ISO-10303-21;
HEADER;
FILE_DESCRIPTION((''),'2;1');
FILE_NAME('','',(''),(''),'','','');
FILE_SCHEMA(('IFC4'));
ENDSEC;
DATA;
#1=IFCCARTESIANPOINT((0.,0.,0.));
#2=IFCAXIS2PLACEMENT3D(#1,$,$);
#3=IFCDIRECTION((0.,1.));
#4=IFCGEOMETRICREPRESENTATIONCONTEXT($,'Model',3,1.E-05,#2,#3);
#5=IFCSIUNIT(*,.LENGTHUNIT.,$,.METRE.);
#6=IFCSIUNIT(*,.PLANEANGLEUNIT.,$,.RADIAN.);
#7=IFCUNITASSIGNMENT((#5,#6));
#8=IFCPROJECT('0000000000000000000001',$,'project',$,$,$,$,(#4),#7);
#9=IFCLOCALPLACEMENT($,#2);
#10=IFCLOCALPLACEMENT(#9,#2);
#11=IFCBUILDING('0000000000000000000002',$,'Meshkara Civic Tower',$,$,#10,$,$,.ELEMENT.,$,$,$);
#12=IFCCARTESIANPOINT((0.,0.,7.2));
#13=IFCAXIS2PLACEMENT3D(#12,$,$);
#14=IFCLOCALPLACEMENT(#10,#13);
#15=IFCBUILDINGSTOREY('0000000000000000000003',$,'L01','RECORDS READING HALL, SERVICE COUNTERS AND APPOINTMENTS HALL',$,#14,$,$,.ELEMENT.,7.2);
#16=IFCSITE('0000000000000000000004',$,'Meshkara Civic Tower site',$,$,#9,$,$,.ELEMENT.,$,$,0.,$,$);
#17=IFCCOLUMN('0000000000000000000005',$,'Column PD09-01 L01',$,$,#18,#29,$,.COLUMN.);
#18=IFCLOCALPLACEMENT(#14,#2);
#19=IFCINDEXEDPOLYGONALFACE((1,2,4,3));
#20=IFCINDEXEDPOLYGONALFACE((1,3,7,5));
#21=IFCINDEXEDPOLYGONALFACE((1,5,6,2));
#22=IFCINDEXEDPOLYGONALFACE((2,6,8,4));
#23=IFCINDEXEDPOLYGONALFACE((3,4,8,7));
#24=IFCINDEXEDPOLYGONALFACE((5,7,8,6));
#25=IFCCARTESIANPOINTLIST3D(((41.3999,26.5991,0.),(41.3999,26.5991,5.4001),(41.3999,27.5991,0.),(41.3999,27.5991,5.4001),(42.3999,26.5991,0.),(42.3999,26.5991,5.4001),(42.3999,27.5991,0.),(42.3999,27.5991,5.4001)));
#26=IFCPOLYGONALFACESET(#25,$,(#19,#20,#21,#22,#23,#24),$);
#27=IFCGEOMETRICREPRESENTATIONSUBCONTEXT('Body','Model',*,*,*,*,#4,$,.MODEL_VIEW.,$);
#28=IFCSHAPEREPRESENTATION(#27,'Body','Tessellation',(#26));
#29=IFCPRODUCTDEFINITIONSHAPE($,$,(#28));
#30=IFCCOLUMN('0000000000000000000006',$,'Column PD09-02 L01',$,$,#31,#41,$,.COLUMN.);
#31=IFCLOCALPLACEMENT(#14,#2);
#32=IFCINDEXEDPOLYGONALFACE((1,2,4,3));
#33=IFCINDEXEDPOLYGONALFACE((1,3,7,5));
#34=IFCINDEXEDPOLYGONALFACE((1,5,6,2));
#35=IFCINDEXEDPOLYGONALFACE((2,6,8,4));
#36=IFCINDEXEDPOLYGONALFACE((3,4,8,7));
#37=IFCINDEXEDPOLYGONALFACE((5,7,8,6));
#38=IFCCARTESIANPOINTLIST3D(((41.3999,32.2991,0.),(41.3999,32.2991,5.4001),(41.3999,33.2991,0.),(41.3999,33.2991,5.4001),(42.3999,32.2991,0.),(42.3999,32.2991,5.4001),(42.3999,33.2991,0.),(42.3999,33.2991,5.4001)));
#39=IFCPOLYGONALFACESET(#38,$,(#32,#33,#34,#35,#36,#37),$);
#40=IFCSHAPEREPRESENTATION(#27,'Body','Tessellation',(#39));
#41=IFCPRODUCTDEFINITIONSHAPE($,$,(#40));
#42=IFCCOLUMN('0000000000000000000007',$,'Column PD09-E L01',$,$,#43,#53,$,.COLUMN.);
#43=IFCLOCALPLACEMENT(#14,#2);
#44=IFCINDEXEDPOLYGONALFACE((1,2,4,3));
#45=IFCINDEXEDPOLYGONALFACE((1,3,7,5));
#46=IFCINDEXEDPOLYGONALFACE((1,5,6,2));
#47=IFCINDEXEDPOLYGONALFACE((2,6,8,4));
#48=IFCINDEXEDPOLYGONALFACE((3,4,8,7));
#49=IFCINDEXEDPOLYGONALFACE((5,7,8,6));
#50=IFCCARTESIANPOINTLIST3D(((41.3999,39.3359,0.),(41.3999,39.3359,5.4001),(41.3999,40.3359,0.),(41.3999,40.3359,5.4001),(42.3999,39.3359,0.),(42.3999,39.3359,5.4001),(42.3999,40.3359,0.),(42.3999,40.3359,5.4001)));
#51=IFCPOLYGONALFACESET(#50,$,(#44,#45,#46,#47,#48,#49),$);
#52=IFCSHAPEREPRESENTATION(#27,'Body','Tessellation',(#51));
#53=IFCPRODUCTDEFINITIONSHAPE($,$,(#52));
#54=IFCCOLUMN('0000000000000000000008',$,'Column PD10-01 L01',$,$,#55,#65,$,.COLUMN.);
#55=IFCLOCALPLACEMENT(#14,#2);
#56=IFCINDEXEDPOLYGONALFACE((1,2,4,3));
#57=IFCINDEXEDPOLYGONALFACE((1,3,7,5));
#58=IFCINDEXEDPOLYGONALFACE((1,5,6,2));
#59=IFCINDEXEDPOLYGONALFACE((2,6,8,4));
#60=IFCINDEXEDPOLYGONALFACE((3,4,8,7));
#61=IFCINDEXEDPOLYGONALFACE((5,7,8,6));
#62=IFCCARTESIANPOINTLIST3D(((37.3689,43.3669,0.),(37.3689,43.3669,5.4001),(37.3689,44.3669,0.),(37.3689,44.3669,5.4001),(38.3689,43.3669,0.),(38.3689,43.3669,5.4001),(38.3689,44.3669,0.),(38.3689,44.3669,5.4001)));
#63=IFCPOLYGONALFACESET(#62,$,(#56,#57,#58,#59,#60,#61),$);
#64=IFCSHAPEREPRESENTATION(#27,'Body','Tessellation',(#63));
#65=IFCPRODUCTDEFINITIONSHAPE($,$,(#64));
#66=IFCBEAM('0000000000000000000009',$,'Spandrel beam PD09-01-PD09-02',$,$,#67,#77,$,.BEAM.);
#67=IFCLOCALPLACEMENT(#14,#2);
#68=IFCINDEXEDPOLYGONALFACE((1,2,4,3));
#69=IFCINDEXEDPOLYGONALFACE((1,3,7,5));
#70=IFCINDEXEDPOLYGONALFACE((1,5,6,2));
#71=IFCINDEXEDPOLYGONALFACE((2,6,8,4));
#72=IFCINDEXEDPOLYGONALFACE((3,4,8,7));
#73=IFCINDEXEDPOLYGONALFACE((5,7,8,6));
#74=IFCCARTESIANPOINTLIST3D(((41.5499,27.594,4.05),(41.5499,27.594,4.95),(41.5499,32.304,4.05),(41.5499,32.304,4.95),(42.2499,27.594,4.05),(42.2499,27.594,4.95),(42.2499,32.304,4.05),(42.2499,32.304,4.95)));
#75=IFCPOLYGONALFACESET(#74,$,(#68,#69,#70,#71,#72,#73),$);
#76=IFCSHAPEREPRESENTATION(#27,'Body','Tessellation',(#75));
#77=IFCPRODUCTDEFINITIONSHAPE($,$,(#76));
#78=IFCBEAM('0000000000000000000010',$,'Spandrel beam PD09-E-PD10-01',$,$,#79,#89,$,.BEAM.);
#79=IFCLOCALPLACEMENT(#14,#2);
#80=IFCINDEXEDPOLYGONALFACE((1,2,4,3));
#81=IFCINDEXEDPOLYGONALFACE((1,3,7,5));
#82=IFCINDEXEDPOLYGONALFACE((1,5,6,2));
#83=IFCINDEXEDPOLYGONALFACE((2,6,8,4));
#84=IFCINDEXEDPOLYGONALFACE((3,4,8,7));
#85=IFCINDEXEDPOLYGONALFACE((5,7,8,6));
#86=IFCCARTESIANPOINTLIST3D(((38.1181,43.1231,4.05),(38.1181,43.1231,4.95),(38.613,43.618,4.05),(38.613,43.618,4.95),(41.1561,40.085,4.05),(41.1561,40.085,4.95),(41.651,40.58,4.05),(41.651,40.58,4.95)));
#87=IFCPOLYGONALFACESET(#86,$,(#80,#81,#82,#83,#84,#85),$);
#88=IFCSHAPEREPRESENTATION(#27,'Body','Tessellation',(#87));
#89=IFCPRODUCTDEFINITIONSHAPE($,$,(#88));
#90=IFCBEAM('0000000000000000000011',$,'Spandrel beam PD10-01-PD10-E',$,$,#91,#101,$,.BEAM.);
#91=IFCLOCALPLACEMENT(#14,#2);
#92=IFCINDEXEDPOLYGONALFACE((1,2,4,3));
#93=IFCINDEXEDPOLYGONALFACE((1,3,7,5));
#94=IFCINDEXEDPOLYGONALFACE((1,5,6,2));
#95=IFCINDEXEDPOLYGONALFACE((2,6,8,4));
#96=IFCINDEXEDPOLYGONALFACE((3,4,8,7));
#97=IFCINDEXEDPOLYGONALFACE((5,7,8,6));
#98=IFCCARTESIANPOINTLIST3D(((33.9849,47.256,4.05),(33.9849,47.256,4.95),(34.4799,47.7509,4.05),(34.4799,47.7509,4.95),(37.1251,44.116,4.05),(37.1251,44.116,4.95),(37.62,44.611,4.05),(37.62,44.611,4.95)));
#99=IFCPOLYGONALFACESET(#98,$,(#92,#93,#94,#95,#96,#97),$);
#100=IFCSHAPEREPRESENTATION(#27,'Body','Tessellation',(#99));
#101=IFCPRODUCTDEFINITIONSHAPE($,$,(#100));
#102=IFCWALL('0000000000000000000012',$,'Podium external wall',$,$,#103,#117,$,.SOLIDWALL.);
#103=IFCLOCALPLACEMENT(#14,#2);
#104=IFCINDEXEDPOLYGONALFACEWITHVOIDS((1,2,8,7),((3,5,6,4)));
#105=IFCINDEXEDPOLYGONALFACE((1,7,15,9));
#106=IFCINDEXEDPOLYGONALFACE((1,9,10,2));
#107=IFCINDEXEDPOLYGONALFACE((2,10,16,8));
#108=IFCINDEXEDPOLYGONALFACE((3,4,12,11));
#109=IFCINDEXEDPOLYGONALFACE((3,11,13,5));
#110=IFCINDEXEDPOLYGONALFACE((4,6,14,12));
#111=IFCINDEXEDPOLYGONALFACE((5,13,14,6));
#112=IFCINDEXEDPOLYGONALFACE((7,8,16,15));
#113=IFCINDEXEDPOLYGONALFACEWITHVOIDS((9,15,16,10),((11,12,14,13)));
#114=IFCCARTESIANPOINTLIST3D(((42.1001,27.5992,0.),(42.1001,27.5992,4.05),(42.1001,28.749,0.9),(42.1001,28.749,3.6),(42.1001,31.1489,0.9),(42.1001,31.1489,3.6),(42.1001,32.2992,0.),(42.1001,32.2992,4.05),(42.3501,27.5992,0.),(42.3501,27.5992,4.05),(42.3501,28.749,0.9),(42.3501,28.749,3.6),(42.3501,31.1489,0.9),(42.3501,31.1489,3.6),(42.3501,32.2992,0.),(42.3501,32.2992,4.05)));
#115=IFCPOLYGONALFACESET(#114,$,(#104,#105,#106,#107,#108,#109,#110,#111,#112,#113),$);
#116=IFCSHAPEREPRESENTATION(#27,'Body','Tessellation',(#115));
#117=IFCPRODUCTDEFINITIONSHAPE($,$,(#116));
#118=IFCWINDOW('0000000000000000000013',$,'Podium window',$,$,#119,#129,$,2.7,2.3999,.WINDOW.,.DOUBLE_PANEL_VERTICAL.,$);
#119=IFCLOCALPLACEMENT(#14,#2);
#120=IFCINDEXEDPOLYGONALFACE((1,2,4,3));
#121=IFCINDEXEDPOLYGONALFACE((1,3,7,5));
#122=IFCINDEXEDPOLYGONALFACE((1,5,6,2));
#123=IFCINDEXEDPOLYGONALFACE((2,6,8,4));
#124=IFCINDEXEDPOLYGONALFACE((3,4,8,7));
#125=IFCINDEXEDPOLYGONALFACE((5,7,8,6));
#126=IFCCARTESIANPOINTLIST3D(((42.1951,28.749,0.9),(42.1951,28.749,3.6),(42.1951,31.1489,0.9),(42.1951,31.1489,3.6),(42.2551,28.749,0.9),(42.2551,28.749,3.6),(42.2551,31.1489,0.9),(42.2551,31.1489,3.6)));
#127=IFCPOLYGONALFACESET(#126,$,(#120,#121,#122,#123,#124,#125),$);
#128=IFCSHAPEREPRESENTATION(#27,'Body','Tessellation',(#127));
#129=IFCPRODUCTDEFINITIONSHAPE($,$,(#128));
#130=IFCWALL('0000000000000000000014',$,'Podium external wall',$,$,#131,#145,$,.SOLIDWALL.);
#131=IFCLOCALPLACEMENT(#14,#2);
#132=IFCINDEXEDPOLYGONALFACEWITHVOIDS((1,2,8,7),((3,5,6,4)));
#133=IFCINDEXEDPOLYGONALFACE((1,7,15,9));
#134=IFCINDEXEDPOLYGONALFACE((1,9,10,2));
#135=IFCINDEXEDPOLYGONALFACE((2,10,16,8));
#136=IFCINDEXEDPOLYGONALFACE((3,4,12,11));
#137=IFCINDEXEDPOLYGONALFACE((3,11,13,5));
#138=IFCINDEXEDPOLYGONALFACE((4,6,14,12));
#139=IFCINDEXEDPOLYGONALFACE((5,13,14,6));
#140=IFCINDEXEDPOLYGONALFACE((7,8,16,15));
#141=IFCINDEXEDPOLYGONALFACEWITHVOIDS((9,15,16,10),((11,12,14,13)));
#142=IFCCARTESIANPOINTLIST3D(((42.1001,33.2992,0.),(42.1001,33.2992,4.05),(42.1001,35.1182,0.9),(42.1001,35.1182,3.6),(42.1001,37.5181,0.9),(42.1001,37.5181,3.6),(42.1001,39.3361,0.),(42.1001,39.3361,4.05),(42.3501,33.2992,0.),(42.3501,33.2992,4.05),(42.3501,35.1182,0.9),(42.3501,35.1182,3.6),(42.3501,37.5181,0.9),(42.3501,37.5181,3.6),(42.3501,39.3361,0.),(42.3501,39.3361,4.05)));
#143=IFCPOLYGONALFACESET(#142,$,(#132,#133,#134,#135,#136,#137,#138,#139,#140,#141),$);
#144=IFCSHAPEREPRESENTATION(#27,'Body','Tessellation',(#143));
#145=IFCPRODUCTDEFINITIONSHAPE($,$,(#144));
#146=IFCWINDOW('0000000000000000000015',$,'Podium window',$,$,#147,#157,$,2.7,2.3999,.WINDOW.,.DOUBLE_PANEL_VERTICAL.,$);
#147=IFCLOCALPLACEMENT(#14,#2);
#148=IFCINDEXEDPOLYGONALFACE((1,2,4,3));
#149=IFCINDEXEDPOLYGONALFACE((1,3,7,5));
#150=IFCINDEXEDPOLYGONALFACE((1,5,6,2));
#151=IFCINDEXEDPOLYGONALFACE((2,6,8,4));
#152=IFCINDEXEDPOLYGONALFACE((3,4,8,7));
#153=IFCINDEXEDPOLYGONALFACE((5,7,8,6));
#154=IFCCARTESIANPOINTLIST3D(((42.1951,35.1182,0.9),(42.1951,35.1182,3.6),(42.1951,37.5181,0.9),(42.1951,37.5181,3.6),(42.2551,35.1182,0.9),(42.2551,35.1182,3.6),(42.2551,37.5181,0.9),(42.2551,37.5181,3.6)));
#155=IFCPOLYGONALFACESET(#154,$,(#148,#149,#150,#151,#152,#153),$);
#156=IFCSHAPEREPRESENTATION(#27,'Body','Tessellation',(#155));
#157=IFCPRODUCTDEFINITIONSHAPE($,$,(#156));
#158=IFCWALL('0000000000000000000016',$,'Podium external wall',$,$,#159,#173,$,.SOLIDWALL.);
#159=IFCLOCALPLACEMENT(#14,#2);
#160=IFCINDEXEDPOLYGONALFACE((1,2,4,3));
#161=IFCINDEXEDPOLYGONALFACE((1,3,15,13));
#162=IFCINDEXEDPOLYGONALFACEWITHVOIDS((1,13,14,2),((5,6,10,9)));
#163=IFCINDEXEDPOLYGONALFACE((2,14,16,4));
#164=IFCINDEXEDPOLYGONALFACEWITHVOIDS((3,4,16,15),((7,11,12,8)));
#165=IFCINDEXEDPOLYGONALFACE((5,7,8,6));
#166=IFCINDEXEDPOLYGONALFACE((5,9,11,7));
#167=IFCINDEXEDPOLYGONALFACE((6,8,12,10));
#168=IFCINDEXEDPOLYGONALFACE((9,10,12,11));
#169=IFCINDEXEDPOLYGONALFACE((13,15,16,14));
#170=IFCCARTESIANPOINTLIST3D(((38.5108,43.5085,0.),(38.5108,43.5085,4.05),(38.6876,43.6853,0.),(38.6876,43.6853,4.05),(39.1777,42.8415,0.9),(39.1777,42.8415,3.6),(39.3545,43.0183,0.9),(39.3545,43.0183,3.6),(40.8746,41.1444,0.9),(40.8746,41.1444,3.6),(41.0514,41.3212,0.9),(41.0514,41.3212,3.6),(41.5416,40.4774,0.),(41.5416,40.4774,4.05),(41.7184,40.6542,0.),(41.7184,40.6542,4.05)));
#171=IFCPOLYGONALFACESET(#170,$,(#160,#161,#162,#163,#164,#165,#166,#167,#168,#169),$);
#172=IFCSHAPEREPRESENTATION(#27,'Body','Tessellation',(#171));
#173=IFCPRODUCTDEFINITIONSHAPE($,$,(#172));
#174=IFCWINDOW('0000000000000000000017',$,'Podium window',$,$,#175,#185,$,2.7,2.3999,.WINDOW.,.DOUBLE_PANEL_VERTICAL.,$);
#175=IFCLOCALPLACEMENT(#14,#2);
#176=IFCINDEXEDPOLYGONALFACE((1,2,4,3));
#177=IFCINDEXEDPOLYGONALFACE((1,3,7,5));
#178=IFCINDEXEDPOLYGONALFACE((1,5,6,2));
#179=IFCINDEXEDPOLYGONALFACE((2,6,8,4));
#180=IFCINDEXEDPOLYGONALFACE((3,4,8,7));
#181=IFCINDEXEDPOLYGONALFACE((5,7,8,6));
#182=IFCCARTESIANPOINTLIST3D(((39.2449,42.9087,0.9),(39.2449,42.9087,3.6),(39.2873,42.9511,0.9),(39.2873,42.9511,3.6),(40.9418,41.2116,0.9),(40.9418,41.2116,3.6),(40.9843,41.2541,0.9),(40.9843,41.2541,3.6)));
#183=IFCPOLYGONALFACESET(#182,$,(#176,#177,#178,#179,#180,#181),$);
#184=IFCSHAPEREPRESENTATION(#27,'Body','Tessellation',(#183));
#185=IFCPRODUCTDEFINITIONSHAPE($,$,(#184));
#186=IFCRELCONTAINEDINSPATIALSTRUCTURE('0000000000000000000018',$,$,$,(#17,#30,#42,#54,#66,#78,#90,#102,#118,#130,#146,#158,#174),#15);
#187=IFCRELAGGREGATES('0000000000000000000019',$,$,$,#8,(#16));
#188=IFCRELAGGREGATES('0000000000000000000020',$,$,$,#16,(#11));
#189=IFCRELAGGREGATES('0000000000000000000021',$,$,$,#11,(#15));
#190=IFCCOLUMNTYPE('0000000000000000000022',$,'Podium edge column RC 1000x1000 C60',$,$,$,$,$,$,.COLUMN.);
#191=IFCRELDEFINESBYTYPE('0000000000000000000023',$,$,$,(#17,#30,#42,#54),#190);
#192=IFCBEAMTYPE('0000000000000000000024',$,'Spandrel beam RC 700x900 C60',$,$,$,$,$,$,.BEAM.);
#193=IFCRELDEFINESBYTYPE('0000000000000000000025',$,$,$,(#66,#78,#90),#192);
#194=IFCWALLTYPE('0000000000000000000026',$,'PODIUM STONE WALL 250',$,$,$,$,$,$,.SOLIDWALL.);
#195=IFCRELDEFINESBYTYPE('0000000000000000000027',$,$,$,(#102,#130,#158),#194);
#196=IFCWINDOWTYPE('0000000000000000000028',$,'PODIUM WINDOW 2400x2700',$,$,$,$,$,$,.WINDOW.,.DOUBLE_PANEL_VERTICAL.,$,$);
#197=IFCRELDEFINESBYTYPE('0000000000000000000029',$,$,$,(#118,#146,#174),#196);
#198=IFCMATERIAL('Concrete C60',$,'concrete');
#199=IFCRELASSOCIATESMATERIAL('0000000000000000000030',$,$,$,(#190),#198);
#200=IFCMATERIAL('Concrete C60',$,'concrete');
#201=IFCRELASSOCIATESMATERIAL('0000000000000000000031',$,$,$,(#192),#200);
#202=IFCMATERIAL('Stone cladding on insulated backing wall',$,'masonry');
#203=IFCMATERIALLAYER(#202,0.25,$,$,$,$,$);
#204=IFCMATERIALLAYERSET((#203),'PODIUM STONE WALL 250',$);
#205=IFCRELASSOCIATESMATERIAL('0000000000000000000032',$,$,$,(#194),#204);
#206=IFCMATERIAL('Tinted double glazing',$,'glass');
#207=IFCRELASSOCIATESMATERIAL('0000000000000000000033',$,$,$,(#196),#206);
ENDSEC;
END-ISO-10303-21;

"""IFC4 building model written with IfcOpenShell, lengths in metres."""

from ifc_helpers import new_model, si_unit, direction, frame, frame_2d, origin, origin_2d, place, context, subcontext, project, spatial, rectangle, extrude, material, layer, layer_set, material_profile, profile_set, type_object, element, fill, save


model = new_model("IFC4")

# Units and contexts
model_context = context("Model", 3, precision=1e-05, world=origin(), true_north=direction((0.0, 1.0)))
body_context = subcontext(model_context, "Body", "Model", "MODEL_VIEW")
ifc_project = project(units=[si_unit("LENGTHUNIT", "METRE"), si_unit("PLANEANGLEUNIT", "RADIAN")], contexts=[model_context])

# Site, building, storey
site_placement = place(None, origin())
site = spatial("IfcSite", under=ifc_project, at=site_placement, Name="Meshkara Civic Tower site", CompositionType="ELEMENT", RefElevation=0.0)
building_placement = place(site_placement, origin())
building = spatial("IfcBuilding", under=site, at=building_placement, Name="Meshkara Civic Tower", CompositionType="ELEMENT")
storey_placement = place(building_placement, frame((0.0, 0.0, 7.2)))
storey = spatial("IfcBuildingStorey", under=building, at=storey_placement, Name="L01", Description="RECORDS READING HALL, SERVICE COUNTERS AND APPOINTMENTS HALL", CompositionType="ELEMENT", Elevation=7.2)

# Columns
ifc_material_1 = material(Name="Concrete C60", Category="concrete")
ifc_material_profile_1 = material_profile(ifc_material_1, rectangle(XDim=1.0, YDim=1.0, at=origin_2d()))
ifc_profile_set_1 = profile_set([ifc_material_profile_1], Name="Concrete C60")
column_type = type_object("IfcColumnType", Name="Podium edge column RC 1000x1000 C60", PredefinedType="COLUMN", material=ifc_profile_set_1)
for number, where, z_axis, x_axis, name in (
    (1, (41.8999, 27.0991, 0.0), (0.0, 0.0, 1.0), (1.0, 0.0, 0.0), "Column PD09-01 L01"),
    (2, (41.8999, 32.7991, 0.0), (0.0, 0.0, 1.0), (1.0, 0.0, 0.0), "Column PD09-02 L01"),
    (3, (41.8999, 39.8359, 0.0), (0.0, 0.0, 1.0), (1.0, 0.0, 0.0), "Column PD09-E L01"),
    (4, (37.8689, 43.8669, 0.0), (0.0, 0.0, 1.0), (1.0, 0.0, 0.0), "Column PD10-01 L01"),
):
    element("IfcColumn", number, at=place(storey_placement, frame(where, z_axis=z_axis, x_axis=x_axis)), inside=storey, type_object=column_type, Name=name, PredefinedType="COLUMN", context=body_context, shape_type="SweptSolid", body=[
        extrude(rectangle(XDim=1.0, YDim=1.0, at=origin_2d()), origin(), (0.0, 0.0, 1.0), 5.4001),
    ])

# Beams
ifc_material_2 = material(Name="Concrete C60", Category="concrete")
ifc_material_profile_2 = material_profile(ifc_material_2, rectangle(XDim=0.7, YDim=0.8999, at=origin_2d()))
ifc_profile_set_2 = profile_set([ifc_material_profile_2], Name="Concrete C60")
beam_type = type_object("IfcBeamType", Name="Spandrel beam RC 700x900 C60", PredefinedType="BEAM", material=ifc_profile_set_2)
beam_1_placement = place(storey_placement, frame((41.8999, 27.594, 4.5), z_axis=(0.0, 1.0, 0.0), x_axis=(-1.0, 0.0, 0.0)))
element("IfcBeam", 5, at=beam_1_placement, inside=storey, type_object=beam_type, Name="Spandrel beam PD09-01-PD09-02", PredefinedType="BEAM", context=body_context, shape_type="SweptSolid", body=[
    extrude(rectangle(XDim=0.7, YDim=0.8999, at=origin_2d()), origin(), (0.0, 0.0, 1.0), 4.71),
])
beam_2_placement = place(storey_placement, frame((41.4036, 40.3325, 4.5), z_axis=(-0.707107, 0.707107, 0.0), x_axis=(-0.707107, -0.707107, 0.0)))
element("IfcBeam", 6, at=beam_2_placement, inside=storey, type_object=beam_type, Name="Spandrel beam PD09-E-PD10-01", PredefinedType="BEAM", context=body_context, shape_type="SweptSolid", body=[
    extrude(rectangle(XDim=0.7, YDim=0.8999, at=origin_2d()), origin(), (0.0, 0.0, 1.0), 4.2964),
])
beam_3_placement = place(storey_placement, frame((37.3726, 44.3635, 4.5), z_axis=(-0.707134, 0.707079, 0.0), x_axis=(-0.707079, -0.707134, 0.0)))
element("IfcBeam", 7, at=beam_3_placement, inside=storey, type_object=beam_type, Name="Spandrel beam PD10-01-PD10-E", PredefinedType="BEAM", context=body_context, shape_type="SweptSolid", body=[
    extrude(rectangle(XDim=0.7, YDim=0.8999, at=origin_2d()), origin(), (0.0, 0.0, 1.0), 4.4407),
])

# Walls, openings, windows
ifc_material_3 = material(Name="Stone cladding on insulated backing wall", Category="masonry")
ifc_layer_1 = layer(ifc_material_3, 0.25)
ifc_layer_set_1 = layer_set([ifc_layer_1], Name="PODIUM STONE WALL 250")
wall_type_1 = type_object("IfcWallType", Name="PODIUM STONE WALL 250", PredefinedType="SOLIDWALL", material=ifc_layer_set_1)
wall_1_placement = place(storey_placement, frame((42.2251, 27.5991, 0.0), z_axis=(0.0, 0.0, 1.0), x_axis=(0.0, 1.0, 0.0)))
wall_1 = element("IfcWall", 8, at=wall_1_placement, inside=storey, type_object=wall_type_1, Name="Podium external wall", PredefinedType="SOLIDWALL", context=body_context, shape_type="SweptSolid", body=[
    extrude(rectangle(XDim=4.7, YDim=0.25, at=frame_2d((2.3501, 0.0))), origin(), (0.0, 0.0, 1.0), 4.05),
])
opening_1_placement = place(wall_1_placement, frame((1.1499, 0.0, 0.8999)))
opening_1 = element("IfcOpeningElement", 9, at=opening_1_placement, cuts=wall_1, PredefinedType="OPENING", context=body_context, shape_type="SweptSolid", body=[
    extrude(rectangle(XDim=2.3999, YDim=2.7, at=frame_2d((1.2, 1.3501))), frame((0.0, 0.135, 0.0), z_axis=(0.0, -1.0, 0.0), x_axis=(1.0, 0.0, 0.0)), (0.0, 0.0, 1.0), 0.27),
])
ifc_material_4 = material(Name="Tinted double glazing", Category="glass")
window_type = type_object("IfcWindowType", Name="PODIUM WINDOW 2400x2700", PartitioningType="DOUBLE_PANEL_VERTICAL", PredefinedType="WINDOW", material=ifc_material_4)
window_1_placement = place(opening_1_placement, origin())
window_1 = element("IfcWindow", 10, at=window_1_placement, inside=storey, type_object=window_type, Name="Podium window", OverallHeight=2.7, OverallWidth=2.3999, PartitioningType="DOUBLE_PANEL_VERTICAL", PredefinedType="WINDOW", context=body_context, shape_type="SweptSolid", body=[
    extrude(rectangle(XDim=2.3999, YDim=2.7, at=frame_2d((1.2, 1.3501))), frame((0.0, 0.03, 0.0), z_axis=(0.0, -1.0, 0.0), x_axis=(1.0, 0.0, 0.0)), (0.0, 0.0, 1.0), 0.0601),
])
fill(opening_1, window_1)
wall_2_placement = place(storey_placement, frame((42.2251, 33.2991, 0.0), z_axis=(0.0, 0.0, 1.0), x_axis=(0.0, 1.0, 0.0)))
wall_2 = element("IfcWall", 11, at=wall_2_placement, inside=storey, type_object=wall_type_1, Name="Podium external wall", PredefinedType="SOLIDWALL", context=body_context, shape_type="SweptSolid", body=[
    extrude(rectangle(XDim=6.0369, YDim=0.25, at=frame_2d((3.0186, 0.0))), origin(), (0.0, 0.0, 1.0), 4.05),
])
opening_2_placement = place(wall_2_placement, frame((1.8191, 0.0, 0.8999)))
opening_2 = element("IfcOpeningElement", 12, at=opening_2_placement, cuts=wall_2, PredefinedType="OPENING", context=body_context, shape_type="SweptSolid", body=[
    extrude(rectangle(XDim=2.3999, YDim=2.7, at=frame_2d((1.2, 1.3501))), frame((0.0, 0.135, 0.0), z_axis=(0.0, -1.0, 0.0), x_axis=(1.0, 0.0, 0.0)), (0.0, 0.0, 1.0), 0.27),
])
window_2_placement = place(opening_2_placement, origin())
window_2 = element("IfcWindow", 13, at=window_2_placement, inside=storey, type_object=window_type, Name="Podium window", OverallHeight=2.7, OverallWidth=2.3999, PartitioningType="DOUBLE_PANEL_VERTICAL", PredefinedType="WINDOW", context=body_context, shape_type="SweptSolid", body=[
    extrude(rectangle(XDim=2.3999, YDim=2.7, at=frame_2d((1.2, 1.3501))), frame((0.0, 0.03, 0.0), z_axis=(0.0, -1.0, 0.0), x_axis=(1.0, 0.0, 0.0)), (0.0, 0.0, 1.0), 0.0601),
])
fill(opening_2, window_2)
wall_3_placement = place(storey_placement, frame((41.6299, 40.5659, 0.0), z_axis=(0.0, 0.0, 1.0), x_axis=(-0.707078, 0.707135, 0.0)))
wall_3 = element("IfcWall", 14, at=wall_3_placement, inside=storey, type_object=wall_type_1, Name="Podium external wall", PredefinedType="SOLIDWALL", context=body_context, shape_type="SweptSolid", body=[
    extrude(rectangle(XDim=4.2864, YDim=0.25, at=frame_2d((2.1431, 0.0))), origin(), (0.0, 0.0, 1.0), 4.05),
])
opening_3_placement = place(wall_3_placement, frame((0.9431, 0.0, 0.8999)))
opening_3 = element("IfcOpeningElement", 15, at=opening_3_placement, cuts=wall_3, PredefinedType="OPENING", context=body_context, shape_type="SweptSolid", body=[
    extrude(rectangle(XDim=2.3999, YDim=2.7, at=frame_2d((1.2, 1.3501))), frame((0.0, 0.135, 0.0), z_axis=(0.0, -1.0, 0.0), x_axis=(1.0, 0.0, 0.0)), (0.0, 0.0, 1.0), 0.27),
])
window_3_placement = place(opening_3_placement, origin())
window_3 = element("IfcWindow", 16, at=window_3_placement, inside=storey, type_object=window_type, Name="Podium window", OverallHeight=2.7, OverallWidth=2.3999, PartitioningType="DOUBLE_PANEL_VERTICAL", PredefinedType="WINDOW", context=body_context, shape_type="SweptSolid", body=[
    extrude(rectangle(XDim=2.3999, YDim=2.7, at=frame_2d((1.2, 1.3501))), frame((0.0, 0.03, 0.0), z_axis=(0.0, -1.0, 0.0), x_axis=(1.0, 0.0, 0.0)), (0.0, 0.0, 1.0), 0.0601),
])
fill(opening_3, window_3)

save(model, "model.ifc")
